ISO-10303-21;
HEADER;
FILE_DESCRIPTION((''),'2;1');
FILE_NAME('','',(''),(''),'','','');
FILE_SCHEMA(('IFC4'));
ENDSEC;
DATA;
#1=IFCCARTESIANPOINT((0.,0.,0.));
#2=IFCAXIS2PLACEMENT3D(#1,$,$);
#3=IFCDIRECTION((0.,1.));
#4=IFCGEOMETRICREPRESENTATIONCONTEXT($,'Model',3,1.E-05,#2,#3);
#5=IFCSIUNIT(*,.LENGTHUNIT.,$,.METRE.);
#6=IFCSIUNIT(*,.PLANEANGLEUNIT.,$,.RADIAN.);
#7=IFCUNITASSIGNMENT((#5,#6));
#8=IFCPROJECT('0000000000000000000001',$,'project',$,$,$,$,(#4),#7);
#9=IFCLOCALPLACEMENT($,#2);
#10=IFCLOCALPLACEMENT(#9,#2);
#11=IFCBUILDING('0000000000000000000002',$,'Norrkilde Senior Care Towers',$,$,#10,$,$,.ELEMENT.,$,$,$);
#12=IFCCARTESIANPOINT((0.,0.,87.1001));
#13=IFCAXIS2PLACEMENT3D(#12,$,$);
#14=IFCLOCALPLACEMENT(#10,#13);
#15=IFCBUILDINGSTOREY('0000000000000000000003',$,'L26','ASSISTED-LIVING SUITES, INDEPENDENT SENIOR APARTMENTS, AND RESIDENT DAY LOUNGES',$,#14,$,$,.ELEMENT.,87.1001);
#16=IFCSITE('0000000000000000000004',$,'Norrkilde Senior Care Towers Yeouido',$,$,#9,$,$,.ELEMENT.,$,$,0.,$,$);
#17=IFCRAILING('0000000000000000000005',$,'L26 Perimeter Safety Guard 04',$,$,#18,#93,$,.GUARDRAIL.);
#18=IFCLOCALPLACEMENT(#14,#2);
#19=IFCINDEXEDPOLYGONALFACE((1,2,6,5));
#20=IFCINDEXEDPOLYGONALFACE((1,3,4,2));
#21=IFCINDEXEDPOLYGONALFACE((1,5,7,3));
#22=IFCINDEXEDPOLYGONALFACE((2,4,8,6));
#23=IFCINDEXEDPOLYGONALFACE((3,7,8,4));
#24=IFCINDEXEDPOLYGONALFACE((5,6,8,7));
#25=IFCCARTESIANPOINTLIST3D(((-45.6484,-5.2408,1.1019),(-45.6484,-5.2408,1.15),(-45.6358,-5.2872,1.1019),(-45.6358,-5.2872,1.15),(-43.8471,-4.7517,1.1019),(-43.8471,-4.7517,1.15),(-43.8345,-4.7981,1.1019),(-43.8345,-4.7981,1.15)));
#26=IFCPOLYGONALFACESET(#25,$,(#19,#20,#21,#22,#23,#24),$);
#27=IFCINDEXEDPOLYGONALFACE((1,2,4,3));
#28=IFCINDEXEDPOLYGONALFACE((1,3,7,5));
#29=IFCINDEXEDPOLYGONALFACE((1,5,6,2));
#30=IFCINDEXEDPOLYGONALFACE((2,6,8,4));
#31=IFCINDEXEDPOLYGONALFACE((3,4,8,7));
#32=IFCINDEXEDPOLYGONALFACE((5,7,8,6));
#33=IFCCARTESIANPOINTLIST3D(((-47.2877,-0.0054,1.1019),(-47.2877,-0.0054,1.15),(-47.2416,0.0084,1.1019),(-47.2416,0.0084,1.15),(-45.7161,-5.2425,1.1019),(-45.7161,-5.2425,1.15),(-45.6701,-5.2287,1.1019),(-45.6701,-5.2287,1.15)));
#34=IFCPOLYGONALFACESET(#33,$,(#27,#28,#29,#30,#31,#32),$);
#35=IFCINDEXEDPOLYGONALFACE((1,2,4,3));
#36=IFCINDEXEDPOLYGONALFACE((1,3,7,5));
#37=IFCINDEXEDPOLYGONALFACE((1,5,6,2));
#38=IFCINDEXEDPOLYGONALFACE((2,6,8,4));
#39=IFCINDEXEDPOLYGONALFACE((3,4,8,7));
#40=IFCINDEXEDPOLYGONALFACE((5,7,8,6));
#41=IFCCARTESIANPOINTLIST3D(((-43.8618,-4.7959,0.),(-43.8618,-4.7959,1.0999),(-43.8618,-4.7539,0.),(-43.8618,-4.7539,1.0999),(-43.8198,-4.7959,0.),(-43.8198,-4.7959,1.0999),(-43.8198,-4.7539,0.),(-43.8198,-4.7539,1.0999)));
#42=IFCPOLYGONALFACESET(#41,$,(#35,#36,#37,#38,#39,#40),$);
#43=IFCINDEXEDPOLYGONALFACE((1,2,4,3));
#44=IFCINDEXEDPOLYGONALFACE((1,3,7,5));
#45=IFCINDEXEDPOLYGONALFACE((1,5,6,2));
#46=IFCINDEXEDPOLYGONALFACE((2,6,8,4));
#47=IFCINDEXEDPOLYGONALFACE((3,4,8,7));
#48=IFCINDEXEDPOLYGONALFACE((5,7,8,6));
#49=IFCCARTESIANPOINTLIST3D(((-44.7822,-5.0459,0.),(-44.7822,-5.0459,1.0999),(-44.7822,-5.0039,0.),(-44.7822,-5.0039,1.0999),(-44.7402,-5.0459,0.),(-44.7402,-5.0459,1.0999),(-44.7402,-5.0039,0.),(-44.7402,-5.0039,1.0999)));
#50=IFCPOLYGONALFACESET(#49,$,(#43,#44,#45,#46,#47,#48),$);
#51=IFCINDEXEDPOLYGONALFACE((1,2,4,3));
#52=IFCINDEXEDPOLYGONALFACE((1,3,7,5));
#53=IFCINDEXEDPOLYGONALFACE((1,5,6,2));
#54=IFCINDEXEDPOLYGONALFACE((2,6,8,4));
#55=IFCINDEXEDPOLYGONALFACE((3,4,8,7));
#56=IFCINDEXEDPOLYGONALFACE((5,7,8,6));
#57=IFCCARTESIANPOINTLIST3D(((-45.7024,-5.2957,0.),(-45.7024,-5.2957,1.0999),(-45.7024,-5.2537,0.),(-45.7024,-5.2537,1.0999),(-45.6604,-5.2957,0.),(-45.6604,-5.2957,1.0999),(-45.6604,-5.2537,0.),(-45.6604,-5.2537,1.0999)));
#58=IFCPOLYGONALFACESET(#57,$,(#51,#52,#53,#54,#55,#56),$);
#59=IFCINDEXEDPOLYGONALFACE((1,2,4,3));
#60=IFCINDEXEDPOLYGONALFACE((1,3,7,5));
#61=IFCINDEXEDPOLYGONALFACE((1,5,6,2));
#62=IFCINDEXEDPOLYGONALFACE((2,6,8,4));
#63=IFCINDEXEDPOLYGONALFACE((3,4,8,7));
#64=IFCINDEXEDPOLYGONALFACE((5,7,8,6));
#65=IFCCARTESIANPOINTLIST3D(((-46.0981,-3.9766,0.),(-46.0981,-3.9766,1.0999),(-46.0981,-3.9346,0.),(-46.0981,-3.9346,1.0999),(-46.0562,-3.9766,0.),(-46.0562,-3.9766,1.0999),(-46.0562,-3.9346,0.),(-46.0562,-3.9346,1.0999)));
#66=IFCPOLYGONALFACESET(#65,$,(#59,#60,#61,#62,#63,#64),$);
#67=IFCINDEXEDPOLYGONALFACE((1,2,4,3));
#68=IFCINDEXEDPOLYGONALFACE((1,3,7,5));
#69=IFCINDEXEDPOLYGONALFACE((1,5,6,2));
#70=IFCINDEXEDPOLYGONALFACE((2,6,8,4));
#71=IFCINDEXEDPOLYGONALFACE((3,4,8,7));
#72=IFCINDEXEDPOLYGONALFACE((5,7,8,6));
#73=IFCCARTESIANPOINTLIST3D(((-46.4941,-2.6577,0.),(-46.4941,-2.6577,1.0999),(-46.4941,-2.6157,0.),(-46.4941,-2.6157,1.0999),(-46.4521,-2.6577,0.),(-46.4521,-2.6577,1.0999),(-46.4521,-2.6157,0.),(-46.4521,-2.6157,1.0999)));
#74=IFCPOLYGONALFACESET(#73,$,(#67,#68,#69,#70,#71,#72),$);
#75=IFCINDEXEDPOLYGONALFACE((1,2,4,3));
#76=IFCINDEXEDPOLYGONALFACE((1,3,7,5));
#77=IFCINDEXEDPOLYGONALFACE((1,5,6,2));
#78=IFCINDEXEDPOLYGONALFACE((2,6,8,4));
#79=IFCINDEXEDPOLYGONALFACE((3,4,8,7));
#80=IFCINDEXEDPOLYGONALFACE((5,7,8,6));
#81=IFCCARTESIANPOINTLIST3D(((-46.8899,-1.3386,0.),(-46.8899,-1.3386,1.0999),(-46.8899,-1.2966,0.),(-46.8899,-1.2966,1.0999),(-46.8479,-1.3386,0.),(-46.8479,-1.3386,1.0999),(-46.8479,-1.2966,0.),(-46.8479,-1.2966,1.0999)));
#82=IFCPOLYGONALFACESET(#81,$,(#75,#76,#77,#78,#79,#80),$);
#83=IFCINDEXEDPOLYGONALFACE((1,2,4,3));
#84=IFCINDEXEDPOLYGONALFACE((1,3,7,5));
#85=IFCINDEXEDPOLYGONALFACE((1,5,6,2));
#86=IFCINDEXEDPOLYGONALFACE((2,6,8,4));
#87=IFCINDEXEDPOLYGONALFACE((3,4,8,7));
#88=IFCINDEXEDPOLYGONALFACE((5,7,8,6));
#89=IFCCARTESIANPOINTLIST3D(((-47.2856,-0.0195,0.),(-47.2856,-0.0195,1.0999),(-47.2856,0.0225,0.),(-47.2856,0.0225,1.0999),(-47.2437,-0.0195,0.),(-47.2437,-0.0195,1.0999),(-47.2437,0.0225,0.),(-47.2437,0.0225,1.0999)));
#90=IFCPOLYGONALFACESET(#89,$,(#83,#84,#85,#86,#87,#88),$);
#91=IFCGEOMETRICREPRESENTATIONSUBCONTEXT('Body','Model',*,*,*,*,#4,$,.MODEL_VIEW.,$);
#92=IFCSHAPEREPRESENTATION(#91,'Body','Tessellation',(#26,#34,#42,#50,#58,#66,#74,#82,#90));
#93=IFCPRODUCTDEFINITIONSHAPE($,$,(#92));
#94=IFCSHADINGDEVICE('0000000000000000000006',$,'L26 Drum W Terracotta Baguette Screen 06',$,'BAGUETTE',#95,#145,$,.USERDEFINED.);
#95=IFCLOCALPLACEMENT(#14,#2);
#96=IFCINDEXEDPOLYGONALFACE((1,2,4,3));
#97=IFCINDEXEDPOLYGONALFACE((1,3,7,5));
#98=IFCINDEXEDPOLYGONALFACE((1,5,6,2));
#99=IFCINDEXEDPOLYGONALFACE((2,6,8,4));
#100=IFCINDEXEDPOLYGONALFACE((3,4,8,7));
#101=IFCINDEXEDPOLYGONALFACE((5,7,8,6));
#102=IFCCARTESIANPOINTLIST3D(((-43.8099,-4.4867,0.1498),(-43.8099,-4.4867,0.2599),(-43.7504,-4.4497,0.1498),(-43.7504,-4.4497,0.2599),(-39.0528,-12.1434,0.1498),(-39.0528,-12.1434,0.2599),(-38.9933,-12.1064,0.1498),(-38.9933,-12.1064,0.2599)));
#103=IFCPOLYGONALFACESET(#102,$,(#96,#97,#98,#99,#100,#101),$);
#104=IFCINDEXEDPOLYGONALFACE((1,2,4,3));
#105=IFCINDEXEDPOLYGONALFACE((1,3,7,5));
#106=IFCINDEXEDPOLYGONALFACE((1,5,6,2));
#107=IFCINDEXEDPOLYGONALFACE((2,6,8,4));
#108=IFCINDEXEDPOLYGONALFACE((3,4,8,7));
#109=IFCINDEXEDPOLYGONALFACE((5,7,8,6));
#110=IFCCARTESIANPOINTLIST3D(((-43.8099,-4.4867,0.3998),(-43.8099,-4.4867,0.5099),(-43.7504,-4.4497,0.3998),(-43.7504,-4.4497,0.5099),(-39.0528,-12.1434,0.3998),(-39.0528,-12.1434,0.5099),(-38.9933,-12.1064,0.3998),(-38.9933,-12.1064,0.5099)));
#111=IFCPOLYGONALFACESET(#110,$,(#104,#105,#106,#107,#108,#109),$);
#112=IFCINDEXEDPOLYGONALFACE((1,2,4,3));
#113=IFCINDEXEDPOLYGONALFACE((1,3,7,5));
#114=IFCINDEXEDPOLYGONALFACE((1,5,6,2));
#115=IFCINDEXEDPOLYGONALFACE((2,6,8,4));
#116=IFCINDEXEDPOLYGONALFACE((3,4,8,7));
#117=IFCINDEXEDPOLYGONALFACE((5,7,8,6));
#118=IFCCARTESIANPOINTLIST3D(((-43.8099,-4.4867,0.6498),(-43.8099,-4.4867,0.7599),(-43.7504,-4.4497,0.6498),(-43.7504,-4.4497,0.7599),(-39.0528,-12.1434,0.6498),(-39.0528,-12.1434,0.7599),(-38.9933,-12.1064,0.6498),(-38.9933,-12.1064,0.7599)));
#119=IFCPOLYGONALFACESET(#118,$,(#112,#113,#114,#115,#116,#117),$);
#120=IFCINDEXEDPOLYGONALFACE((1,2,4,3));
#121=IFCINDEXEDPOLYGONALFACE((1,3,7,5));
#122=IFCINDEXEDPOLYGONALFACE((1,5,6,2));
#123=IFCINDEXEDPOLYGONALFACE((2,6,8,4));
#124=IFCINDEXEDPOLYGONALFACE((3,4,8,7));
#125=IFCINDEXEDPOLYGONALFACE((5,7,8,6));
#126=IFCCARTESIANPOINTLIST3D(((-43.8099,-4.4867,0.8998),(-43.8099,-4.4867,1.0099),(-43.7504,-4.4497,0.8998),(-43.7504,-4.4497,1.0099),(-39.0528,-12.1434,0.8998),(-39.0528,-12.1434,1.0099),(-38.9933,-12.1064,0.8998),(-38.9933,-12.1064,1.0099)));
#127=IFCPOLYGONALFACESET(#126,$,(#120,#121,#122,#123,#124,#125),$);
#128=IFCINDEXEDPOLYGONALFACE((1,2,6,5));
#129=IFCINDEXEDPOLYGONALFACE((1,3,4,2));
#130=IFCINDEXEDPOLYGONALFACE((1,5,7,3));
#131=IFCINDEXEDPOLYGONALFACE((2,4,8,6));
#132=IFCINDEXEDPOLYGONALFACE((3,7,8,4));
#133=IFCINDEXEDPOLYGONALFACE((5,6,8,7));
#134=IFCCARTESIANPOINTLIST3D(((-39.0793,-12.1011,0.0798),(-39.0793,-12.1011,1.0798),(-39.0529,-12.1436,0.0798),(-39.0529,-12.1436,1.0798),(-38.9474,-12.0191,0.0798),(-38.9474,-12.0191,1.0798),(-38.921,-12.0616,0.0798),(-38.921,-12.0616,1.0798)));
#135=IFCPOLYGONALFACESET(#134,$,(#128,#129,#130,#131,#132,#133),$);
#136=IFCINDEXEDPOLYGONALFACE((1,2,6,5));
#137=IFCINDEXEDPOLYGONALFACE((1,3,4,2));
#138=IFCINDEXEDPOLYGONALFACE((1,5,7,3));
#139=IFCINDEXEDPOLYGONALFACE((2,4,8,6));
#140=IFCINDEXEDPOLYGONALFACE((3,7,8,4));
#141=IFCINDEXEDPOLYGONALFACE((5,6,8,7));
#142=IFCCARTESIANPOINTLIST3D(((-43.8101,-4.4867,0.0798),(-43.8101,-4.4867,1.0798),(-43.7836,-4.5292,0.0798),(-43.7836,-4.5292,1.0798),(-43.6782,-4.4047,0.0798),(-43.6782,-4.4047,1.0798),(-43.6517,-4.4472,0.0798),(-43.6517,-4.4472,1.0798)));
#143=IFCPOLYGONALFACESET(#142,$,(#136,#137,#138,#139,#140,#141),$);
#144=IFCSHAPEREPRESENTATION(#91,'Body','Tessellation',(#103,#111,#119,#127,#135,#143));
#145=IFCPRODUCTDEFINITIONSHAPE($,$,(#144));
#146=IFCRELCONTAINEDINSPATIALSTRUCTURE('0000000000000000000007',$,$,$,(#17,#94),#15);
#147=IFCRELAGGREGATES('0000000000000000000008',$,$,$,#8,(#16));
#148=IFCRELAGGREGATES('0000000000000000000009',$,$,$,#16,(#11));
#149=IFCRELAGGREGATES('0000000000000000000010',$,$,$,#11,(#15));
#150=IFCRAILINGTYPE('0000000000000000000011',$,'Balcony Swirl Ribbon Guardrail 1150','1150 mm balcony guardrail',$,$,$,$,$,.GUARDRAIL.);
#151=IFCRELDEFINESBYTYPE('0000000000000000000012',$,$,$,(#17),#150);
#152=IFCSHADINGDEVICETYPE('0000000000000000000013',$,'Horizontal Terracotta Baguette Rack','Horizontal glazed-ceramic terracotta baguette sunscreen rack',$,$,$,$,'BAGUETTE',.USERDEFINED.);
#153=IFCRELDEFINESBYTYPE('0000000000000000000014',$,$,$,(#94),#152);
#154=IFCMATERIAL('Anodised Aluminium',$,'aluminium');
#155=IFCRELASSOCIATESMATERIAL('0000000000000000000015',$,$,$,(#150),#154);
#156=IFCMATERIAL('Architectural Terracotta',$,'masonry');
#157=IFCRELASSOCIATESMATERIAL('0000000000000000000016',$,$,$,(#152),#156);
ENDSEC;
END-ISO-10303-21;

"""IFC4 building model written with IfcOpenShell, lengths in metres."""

from ifc_helpers import new_model, si_unit, direction, frame, origin, origin_2d, place, context, subcontext, project, spatial, rectangle, extrude, source, transform, mapped, material, type_object, type_shapes, element, save


model = new_model("IFC4")

# Units and contexts
model_context = context("Model", 3, precision=1e-05, world=origin(), true_north=direction((0.0, 1.0)))
body_context = subcontext(model_context, "Body", "Model", "MODEL_VIEW")
ifc_project = project(units=[si_unit("LENGTHUNIT", "METRE"), si_unit("PLANEANGLEUNIT", "RADIAN")], contexts=[model_context])

# Site, building, storey
site_placement = place(None, origin())
site = spatial("IfcSite", under=ifc_project, at=site_placement, Name="Norrkilde Senior Care Towers Yeouido", CompositionType="ELEMENT", RefElevation=0.0)
building_placement = place(site_placement, origin())
building = spatial("IfcBuilding", under=site, at=building_placement, Name="Norrkilde Senior Care Towers", CompositionType="ELEMENT")
storey_placement = place(building_placement, frame((0.0, 0.0, 87.1001)))
storey = spatial("IfcBuildingStorey", under=building, at=storey_placement, Name="L26", Description="ASSISTED-LIVING SUITES, INDEPENDENT SENIOR APARTMENTS, AND RESIDENT DAY LOUNGES", CompositionType="ELEMENT", Elevation=87.1001)

# Shared definitions
ifc_material_1 = material(Name="Anodised Aluminium", Category="aluminium")

# Railing
railing_type = type_object("IfcRailingType", Name="Balcony Swirl Ribbon Guardrail 1150", Description="1150 mm balcony guardrail", PredefinedType="GUARDRAIL", material=ifc_material_1)
railing_placement = place(storey_placement, frame((-43.8408, -4.7749, 0.0)))
element("IfcRailing", 1, at=railing_placement, inside=storey, type_object=railing_type, Name="L26 Perimeter Safety Guard 04", PredefinedType="GUARDRAIL", context=body_context, shape_type="SweptSolid", body=[
    extrude(rectangle(XDim=0.0481, YDim=0.0481, at=origin_2d()), frame((0.0, 0.0, 1.126), z_axis=(-0.965059, -0.262034, 0.0), x_axis=(0.262034, -0.965059, 0.0)), (0.0, 0.0, 1.0), 1.8665),
    extrude(rectangle(XDim=0.0481, YDim=0.0481, at=origin_2d()), frame((-1.8523, -0.4607, 1.126), z_axis=(-0.287417, 0.957806, 0.0), x_axis=(-0.957806, -0.287417, 0.0)), (0.0, 0.0, 1.0), 5.4678),
    extrude(rectangle(XDim=0.042, YDim=0.042, at=origin_2d()), origin(), (0.0, 0.0, 1.0), 1.0999),
    extrude(rectangle(XDim=0.042, YDim=0.042, at=origin_2d()), frame((-0.9204, -0.25, 0.0)), (0.0, 0.0, 1.0), 1.0999),
    extrude(rectangle(XDim=0.042, YDim=0.042, at=origin_2d()), frame((-1.8406, -0.4998, 0.0)), (0.0, 0.0, 1.0), 1.0999),
    extrude(rectangle(XDim=0.042, YDim=0.042, at=origin_2d()), frame((-2.2363, 0.8193, 0.0)), (0.0, 0.0, 1.0), 1.0999),
    extrude(rectangle(XDim=0.042, YDim=0.042, at=origin_2d()), frame((-2.6323, 2.1382, 0.0)), (0.0, 0.0, 1.0), 1.0999),
    extrude(rectangle(XDim=0.042, YDim=0.042, at=origin_2d()), frame((-3.0281, 3.4573, 0.0)), (0.0, 0.0, 1.0), 1.0999),
    extrude(rectangle(XDim=0.042, YDim=0.042, at=origin_2d()), frame((-3.4238, 4.7764, 0.0)), (0.0, 0.0, 1.0), 1.0999),
])

# Shading device
ifc_material_2 = material(Name="Architectural Terracotta", Category="masonry")
shading_device_type = type_object("IfcShadingDeviceType", Name="Horizontal Terracotta Baguette Rack", Description="Horizontal glazed-ceramic terracotta baguette sunscreen rack", ElementType="BAGUETTE", PredefinedType="USERDEFINED", material=ifc_material_2)
shared_shape_1 = source(origin(), body_context, "Body", "SweptSolid", [
    extrude(rectangle(XDim=0.0701, YDim=0.1101, at=origin_2d()), frame((0.0, 0.0901, 0.125), z_axis=(1.0, 0.0, 0.0), x_axis=(0.0, 1.0, 0.0)), (0.0, 0.0, 1.0), 9.0142),
    extrude(rectangle(XDim=0.0701, YDim=0.1101, at=origin_2d()), frame((0.0, 0.0901, 0.375), z_axis=(1.0, 0.0, 0.0), x_axis=(0.0, 1.0, 0.0)), (0.0, 0.0, 1.0), 9.0142),
    extrude(rectangle(XDim=0.0701, YDim=0.1101, at=origin_2d()), frame((0.0, 0.0901, 0.625), z_axis=(1.0, 0.0, 0.0), x_axis=(0.0, 1.0, 0.0)), (0.0, 0.0, 1.0), 9.0142),
    extrude(rectangle(XDim=0.0701, YDim=0.1101, at=origin_2d()), frame((0.0, 0.0901, 0.875), z_axis=(1.0, 0.0, 0.0), x_axis=(0.0, 1.0, 0.0)), (0.0, 0.0, 1.0), 9.0142),
    extrude(rectangle(XDim=0.05, YDim=0.1553, at=origin_2d()), frame((0.0249, 0.0476, 0.0)), (0.0, 0.0, 1.0), 1.0),
    extrude(rectangle(XDim=0.05, YDim=0.1553, at=origin_2d()), frame((8.9893, 0.0476, 0.0)), (0.0, 0.0, 1.0), 1.0),
])
type_shapes(shading_device_type, [shared_shape_1])
shading_device_placement = place(storey_placement, frame((-38.9465, -12.0774, 0.0798), z_axis=(0.0, 0.0, 1.0), x_axis=(-0.527734, 0.849412, 0.0)))
element("IfcShadingDevice", 2, at=shading_device_placement, inside=storey, type_object=shading_device_type, Name="L26 Drum W Terracotta Baguette Screen 06", ObjectType="BAGUETTE", PredefinedType="USERDEFINED", context=body_context, shape_type="MappedRepresentation", body=[
    mapped(shared_shape_1, transform((0.0, 0.0, 0.0), x_axis=(1.0, 0.0, 0.0), y_axis=(0.0, 1.0, 0.0), z_axis=(0.0, 0.0, 1.0), scale=1.0)),
])

save(model, "model.ifc")
